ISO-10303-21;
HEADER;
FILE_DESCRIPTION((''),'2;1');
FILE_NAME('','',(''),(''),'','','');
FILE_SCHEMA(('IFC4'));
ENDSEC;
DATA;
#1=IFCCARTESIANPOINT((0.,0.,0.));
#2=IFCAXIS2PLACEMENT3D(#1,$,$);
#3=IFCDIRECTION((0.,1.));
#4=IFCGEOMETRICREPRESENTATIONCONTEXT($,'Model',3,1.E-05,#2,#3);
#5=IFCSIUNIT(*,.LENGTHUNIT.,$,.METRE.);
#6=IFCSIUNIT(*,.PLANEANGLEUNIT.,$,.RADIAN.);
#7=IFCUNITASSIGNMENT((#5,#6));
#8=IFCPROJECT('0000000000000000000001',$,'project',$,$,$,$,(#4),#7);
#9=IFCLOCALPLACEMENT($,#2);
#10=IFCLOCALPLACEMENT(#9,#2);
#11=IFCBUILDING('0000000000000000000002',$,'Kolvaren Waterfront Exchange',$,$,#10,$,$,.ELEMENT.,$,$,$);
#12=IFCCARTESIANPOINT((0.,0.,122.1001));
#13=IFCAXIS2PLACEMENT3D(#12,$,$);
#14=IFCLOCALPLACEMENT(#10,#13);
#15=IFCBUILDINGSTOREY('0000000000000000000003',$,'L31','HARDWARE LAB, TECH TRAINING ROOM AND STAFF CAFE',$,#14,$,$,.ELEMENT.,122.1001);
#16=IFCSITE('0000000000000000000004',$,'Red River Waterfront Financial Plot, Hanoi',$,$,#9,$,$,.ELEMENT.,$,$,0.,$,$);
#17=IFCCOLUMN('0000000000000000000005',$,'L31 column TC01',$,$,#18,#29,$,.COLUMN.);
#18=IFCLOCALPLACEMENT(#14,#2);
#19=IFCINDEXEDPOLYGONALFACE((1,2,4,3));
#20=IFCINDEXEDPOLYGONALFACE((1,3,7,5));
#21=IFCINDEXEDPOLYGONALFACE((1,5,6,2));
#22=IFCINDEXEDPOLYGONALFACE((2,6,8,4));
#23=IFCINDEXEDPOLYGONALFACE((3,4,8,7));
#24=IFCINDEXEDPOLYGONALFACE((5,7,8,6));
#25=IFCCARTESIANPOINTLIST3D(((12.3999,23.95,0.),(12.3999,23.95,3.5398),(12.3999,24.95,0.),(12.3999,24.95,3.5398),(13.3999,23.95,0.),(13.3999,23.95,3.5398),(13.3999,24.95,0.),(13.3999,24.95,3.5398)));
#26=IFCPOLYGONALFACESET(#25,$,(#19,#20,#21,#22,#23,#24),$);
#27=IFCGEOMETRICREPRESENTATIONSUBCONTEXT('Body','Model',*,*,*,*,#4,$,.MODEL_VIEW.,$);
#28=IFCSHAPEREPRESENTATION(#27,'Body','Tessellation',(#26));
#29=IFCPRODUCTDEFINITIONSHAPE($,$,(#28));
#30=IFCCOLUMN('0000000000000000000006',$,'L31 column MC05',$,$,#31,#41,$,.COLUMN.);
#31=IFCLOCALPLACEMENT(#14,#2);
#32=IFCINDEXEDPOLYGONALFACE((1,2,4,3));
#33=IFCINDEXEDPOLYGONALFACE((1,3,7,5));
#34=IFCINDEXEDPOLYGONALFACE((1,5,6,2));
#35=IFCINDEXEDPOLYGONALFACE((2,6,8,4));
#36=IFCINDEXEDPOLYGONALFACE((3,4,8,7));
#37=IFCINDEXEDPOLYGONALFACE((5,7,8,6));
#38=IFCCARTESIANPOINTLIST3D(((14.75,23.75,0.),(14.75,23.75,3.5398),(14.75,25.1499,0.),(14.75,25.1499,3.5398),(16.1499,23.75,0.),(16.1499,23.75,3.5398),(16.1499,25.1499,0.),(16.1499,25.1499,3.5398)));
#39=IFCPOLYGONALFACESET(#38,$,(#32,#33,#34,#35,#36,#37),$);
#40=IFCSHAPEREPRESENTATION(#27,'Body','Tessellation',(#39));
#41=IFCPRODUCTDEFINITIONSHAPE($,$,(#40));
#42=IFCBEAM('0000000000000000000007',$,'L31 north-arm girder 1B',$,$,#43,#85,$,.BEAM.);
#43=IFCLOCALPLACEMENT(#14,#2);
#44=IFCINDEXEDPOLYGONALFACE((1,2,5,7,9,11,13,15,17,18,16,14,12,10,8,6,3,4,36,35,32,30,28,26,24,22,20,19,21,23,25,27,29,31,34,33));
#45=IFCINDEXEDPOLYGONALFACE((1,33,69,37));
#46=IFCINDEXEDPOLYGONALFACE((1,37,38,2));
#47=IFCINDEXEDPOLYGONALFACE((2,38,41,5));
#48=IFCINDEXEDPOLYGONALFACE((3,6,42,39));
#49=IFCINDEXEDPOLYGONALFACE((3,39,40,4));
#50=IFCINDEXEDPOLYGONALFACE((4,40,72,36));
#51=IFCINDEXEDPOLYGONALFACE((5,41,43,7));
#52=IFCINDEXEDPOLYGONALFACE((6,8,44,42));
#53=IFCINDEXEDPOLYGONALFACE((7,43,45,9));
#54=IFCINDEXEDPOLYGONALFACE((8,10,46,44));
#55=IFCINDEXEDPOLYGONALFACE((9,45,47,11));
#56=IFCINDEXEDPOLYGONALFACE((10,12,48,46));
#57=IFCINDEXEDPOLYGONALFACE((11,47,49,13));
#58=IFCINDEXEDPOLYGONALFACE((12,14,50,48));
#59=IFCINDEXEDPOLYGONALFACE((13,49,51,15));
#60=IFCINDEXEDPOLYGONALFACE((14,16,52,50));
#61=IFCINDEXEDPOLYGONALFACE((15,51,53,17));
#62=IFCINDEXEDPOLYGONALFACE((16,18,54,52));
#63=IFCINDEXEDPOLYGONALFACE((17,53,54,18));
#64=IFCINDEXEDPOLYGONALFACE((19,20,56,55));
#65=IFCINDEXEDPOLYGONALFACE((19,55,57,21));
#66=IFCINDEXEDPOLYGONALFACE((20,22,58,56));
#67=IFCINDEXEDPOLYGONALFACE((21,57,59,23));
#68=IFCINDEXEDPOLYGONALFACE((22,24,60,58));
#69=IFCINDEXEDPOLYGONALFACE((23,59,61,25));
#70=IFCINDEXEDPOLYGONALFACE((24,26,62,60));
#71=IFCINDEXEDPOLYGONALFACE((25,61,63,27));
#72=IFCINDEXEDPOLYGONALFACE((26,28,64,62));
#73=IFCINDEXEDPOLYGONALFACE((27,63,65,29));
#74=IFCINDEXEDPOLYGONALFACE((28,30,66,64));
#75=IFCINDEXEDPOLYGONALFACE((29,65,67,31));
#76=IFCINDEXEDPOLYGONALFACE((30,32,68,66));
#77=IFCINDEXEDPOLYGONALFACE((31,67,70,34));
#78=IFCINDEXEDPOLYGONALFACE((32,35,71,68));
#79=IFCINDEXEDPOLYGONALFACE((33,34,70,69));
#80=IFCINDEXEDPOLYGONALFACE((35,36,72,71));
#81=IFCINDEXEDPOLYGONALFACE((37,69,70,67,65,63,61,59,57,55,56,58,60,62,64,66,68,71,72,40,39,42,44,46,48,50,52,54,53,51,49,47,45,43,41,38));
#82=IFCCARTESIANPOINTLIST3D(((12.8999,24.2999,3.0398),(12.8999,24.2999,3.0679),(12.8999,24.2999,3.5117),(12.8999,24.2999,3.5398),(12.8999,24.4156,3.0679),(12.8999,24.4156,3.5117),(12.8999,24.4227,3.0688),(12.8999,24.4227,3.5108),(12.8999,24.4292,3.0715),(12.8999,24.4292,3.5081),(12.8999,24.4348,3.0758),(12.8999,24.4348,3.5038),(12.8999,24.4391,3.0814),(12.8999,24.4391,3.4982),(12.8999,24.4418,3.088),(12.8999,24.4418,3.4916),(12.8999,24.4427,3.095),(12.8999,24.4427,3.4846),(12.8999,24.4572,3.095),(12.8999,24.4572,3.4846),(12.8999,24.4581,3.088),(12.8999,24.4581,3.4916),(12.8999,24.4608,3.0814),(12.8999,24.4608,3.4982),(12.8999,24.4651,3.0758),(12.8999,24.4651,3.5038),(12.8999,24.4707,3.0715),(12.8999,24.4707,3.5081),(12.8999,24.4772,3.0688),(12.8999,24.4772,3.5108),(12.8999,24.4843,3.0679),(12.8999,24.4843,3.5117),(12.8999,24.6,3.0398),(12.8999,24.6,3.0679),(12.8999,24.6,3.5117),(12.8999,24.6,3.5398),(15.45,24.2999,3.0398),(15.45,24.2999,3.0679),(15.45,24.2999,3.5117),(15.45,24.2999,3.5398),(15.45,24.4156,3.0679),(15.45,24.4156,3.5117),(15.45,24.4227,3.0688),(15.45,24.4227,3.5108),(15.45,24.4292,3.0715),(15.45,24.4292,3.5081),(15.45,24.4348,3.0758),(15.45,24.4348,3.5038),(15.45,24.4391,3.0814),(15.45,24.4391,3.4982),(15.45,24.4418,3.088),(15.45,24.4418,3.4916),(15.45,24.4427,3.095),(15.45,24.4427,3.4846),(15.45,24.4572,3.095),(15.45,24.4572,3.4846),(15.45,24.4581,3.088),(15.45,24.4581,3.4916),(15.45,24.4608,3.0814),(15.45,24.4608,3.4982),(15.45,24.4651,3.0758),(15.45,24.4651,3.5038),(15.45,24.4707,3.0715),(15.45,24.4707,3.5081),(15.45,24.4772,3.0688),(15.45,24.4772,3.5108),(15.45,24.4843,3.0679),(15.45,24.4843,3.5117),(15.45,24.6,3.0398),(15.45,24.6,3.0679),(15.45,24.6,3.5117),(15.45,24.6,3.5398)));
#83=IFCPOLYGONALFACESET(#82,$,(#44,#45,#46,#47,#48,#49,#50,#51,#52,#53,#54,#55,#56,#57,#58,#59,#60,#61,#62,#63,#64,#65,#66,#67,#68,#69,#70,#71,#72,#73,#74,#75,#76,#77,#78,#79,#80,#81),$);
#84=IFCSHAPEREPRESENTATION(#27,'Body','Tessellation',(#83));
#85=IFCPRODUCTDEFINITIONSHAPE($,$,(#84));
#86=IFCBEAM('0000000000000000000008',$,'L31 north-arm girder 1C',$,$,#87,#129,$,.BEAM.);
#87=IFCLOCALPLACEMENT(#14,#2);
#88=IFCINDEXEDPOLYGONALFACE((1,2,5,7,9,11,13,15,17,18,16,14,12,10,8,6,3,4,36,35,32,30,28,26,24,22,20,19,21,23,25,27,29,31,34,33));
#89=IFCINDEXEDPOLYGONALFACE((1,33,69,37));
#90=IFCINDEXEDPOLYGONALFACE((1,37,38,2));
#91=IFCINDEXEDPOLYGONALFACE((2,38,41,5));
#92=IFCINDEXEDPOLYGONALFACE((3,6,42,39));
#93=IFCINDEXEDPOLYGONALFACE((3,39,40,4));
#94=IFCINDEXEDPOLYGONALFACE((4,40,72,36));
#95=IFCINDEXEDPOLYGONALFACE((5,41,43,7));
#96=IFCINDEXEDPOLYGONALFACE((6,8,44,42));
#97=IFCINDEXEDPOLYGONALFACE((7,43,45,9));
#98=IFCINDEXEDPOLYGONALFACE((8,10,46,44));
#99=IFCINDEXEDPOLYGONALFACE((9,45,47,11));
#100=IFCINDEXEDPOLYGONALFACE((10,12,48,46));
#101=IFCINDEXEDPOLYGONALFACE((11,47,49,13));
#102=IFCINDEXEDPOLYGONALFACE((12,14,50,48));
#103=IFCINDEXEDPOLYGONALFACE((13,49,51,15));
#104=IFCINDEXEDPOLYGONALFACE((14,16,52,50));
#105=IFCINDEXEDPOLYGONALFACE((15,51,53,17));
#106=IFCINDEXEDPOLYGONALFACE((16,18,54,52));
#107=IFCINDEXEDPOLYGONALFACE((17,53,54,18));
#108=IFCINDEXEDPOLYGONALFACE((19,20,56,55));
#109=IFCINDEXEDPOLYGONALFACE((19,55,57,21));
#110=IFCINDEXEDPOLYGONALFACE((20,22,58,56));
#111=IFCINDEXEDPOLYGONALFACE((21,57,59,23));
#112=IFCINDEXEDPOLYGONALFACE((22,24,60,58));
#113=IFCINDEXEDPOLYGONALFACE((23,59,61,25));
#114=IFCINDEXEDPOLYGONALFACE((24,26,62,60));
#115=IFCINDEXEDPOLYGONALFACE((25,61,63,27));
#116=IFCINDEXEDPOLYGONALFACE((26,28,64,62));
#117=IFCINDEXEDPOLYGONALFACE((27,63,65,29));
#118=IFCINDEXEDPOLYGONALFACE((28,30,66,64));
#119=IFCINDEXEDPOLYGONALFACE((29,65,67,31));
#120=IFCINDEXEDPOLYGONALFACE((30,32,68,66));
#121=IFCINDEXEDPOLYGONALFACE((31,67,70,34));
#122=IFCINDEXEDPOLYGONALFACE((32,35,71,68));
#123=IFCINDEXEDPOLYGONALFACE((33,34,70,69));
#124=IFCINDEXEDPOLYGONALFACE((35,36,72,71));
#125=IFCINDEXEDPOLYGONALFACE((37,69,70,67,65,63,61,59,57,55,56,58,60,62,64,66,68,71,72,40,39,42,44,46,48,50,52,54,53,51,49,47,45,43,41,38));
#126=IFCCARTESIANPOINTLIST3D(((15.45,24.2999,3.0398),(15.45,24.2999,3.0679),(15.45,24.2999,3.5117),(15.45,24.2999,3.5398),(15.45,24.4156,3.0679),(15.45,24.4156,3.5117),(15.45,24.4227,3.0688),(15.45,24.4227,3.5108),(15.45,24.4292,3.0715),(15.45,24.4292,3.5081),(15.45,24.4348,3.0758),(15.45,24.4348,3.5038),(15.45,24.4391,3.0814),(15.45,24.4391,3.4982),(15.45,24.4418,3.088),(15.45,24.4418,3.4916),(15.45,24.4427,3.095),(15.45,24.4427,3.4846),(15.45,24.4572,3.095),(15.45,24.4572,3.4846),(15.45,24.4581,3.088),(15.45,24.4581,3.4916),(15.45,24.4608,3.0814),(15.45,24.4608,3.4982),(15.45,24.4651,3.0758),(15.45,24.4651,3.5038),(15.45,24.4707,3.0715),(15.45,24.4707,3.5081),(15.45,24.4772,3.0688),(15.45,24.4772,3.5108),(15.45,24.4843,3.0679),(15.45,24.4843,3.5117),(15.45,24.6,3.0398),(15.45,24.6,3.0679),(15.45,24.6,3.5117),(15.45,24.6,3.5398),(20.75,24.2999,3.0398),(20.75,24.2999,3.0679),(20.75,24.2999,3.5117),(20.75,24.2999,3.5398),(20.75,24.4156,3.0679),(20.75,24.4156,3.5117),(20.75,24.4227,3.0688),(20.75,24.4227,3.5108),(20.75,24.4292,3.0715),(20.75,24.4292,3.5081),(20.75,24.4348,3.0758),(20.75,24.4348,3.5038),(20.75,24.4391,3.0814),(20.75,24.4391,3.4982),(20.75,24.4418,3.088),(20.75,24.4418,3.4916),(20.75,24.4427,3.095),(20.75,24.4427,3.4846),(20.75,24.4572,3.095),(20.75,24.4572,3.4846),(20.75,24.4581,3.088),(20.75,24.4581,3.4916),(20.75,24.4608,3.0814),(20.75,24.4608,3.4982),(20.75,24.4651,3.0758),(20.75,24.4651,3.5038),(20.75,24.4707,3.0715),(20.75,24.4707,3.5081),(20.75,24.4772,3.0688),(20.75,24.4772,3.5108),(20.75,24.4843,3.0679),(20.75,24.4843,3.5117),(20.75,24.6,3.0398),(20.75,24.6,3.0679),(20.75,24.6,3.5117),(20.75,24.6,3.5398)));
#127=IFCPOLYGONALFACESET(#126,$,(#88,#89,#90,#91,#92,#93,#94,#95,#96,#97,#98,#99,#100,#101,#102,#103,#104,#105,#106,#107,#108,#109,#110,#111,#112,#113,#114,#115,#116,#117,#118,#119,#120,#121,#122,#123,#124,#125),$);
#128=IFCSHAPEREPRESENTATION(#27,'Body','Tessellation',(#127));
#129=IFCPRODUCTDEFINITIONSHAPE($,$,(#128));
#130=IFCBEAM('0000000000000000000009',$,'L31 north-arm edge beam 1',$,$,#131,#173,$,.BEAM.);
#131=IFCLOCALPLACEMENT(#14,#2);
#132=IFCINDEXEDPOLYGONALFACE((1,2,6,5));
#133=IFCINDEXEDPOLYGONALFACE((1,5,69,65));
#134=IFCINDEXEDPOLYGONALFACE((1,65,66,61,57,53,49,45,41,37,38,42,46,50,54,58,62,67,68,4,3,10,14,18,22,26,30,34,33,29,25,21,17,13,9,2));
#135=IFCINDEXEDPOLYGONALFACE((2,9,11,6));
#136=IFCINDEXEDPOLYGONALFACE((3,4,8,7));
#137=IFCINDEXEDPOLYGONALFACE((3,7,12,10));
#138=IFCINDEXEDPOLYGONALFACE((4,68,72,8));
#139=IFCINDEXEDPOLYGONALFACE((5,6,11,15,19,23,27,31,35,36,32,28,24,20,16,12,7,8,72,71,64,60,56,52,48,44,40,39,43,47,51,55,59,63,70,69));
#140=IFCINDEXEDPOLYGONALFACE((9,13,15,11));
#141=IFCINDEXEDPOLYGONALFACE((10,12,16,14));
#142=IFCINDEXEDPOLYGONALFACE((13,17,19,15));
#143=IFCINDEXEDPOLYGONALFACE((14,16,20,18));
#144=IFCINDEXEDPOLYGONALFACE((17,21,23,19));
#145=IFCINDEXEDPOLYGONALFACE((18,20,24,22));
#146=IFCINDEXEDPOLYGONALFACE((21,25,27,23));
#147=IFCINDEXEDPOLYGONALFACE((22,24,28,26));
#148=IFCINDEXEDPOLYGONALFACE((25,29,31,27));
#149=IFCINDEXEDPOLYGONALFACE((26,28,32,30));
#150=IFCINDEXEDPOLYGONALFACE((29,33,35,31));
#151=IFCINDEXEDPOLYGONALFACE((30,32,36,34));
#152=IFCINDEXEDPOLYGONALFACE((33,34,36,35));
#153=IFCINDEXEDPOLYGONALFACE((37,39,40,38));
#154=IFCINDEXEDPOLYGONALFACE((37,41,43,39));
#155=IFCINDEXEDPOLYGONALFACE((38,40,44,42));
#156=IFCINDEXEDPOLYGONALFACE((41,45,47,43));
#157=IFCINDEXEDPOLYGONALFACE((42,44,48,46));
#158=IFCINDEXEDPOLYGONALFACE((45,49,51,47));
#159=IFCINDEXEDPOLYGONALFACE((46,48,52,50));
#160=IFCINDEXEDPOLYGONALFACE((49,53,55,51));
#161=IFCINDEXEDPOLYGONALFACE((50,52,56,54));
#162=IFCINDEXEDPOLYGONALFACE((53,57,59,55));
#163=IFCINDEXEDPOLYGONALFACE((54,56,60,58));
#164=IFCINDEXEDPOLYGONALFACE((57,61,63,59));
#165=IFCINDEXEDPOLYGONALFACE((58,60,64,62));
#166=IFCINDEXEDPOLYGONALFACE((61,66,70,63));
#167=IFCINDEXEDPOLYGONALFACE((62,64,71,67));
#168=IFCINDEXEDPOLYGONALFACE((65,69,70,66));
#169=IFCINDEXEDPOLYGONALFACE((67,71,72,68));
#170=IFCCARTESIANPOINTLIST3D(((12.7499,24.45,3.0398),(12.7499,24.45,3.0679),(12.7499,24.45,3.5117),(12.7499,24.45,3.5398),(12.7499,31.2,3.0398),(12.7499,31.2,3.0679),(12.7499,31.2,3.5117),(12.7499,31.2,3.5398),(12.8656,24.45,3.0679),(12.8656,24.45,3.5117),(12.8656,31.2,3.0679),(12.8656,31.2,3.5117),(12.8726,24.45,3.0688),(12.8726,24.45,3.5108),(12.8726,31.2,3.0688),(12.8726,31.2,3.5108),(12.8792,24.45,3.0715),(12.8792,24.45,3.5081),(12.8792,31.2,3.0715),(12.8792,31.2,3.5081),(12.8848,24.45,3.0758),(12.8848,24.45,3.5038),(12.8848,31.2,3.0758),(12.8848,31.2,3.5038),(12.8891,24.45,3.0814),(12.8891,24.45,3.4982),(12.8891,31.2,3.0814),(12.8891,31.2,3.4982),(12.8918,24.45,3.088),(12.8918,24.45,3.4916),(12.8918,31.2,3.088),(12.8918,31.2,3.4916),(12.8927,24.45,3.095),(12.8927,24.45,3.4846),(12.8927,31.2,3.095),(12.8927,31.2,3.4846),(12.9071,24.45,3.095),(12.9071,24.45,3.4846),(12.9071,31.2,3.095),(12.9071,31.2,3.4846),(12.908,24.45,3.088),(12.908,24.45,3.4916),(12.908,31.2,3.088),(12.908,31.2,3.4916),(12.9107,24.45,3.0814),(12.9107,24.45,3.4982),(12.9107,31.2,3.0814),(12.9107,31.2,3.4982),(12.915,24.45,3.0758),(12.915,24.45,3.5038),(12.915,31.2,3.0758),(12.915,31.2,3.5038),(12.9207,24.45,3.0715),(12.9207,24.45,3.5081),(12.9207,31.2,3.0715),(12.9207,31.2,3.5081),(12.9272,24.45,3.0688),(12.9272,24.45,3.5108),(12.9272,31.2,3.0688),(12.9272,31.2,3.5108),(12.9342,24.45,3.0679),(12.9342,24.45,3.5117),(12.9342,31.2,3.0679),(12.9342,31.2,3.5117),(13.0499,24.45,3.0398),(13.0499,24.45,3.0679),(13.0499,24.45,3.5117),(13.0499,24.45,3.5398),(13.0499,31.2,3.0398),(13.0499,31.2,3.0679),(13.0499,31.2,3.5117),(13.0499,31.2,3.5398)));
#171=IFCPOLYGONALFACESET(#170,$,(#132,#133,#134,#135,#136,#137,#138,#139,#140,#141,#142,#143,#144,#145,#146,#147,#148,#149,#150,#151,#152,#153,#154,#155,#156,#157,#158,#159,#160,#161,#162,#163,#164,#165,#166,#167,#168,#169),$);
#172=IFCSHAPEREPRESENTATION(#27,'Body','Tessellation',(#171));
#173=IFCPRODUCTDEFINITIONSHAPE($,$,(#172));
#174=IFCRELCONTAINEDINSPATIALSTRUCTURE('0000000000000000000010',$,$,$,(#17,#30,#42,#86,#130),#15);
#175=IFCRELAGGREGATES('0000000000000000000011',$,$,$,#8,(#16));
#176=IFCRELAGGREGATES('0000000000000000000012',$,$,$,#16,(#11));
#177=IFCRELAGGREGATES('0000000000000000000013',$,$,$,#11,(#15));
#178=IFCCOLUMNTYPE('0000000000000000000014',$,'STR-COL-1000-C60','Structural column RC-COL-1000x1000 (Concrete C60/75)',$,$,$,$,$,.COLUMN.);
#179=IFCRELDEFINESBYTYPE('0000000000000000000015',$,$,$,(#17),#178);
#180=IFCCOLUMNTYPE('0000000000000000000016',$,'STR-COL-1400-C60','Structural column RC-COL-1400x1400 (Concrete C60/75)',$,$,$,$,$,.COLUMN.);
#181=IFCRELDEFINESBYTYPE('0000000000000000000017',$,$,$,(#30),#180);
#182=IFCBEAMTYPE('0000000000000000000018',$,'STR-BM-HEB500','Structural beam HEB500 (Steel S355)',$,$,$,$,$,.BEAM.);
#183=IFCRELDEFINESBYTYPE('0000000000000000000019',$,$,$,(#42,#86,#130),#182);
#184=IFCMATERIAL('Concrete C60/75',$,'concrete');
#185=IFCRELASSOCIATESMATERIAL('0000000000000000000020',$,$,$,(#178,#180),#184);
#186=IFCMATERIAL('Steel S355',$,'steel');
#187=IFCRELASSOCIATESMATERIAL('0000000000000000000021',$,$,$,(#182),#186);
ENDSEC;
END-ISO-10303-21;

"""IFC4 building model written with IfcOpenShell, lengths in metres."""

from ifc_helpers import new_model, si_unit, direction, frame, origin, origin_2d, place, context, subcontext, project, spatial, rectangle, i_section, extrude, material, material_profile, profile_set, type_object, element, save


model = new_model("IFC4")

# Units and contexts
model_context = context("Model", 3, precision=1e-05, world=origin(), true_north=direction((0.0, 1.0)))
body_context = subcontext(model_context, "Body", "Model", "MODEL_VIEW")
ifc_project = project(units=[si_unit("LENGTHUNIT", "METRE"), si_unit("PLANEANGLEUNIT", "RADIAN")], contexts=[model_context])

# Site, building, storey
site_placement = place(None, origin())
site = spatial("IfcSite", under=ifc_project, at=site_placement, Name="Red River Waterfront Financial Plot, Hanoi", CompositionType="ELEMENT", RefElevation=0.0)
building_placement = place(site_placement, origin())
building = spatial("IfcBuilding", under=site, at=building_placement, Name="Kolvaren Waterfront Exchange", CompositionType="ELEMENT")
storey_placement = place(building_placement, frame((0.0, 0.0, 122.1001)))
storey = spatial("IfcBuildingStorey", under=building, at=storey_placement, Name="L31", Description="HARDWARE LAB, TECH TRAINING ROOM AND STAFF CAFE", CompositionType="ELEMENT", Elevation=122.1001)

# Columns
ifc_material_1 = material(Name="Concrete C60/75", Category="concrete")
ifc_material_profile_1 = material_profile(ifc_material_1, rectangle(XDim=1.0, YDim=1.0, at=origin_2d()), Name="RC-COL-1000x1000")
ifc_profile_set_1 = profile_set([ifc_material_profile_1], Name="Concrete C60/75")
column_type_1 = type_object("IfcColumnType", Name="STR-COL-1000-C60", Description="Structural column RC-COL-1000x1000 (Concrete C60/75)", PredefinedType="COLUMN", material=ifc_profile_set_1)
column_1_placement = place(storey_placement, frame((12.8999, 24.45, 0.0), z_axis=(0.0, 0.0, 1.0), x_axis=(1.0, 0.0, 0.0)))
element("IfcColumn", 1, at=column_1_placement, inside=storey, type_object=column_type_1, Name="L31 column TC01", PredefinedType="COLUMN", context=body_context, shape_type="SweptSolid", body=[
    extrude(rectangle(XDim=1.0, YDim=1.0, at=origin_2d()), origin(), (0.0, 0.0, 1.0), 3.5398),
])
ifc_material_profile_2 = material_profile(ifc_material_1, rectangle(XDim=1.3999, YDim=1.3999, at=origin_2d()), Name="RC-COL-1400x1400")
ifc_profile_set_2 = profile_set([ifc_material_profile_2], Name="Concrete C60/75")
column_type_2 = type_object("IfcColumnType", Name="STR-COL-1400-C60", Description="Structural column RC-COL-1400x1400 (Concrete C60/75)", PredefinedType="COLUMN", material=ifc_profile_set_2)
column_2_placement = place(storey_placement, frame((15.45, 24.45, 0.0), z_axis=(0.0, 0.0, 1.0), x_axis=(1.0, 0.0, 0.0)))
element("IfcColumn", 2, at=column_2_placement, inside=storey, type_object=column_type_2, Name="L31 column MC05", PredefinedType="COLUMN", context=body_context, shape_type="SweptSolid", body=[
    extrude(rectangle(XDim=1.3999, YDim=1.3999, at=origin_2d()), origin(), (0.0, 0.0, 1.0), 3.5398),
])

# Beams
ifc_material_2 = material(Name="Steel S355", Category="steel")
ifc_material_profile_3 = material_profile(ifc_material_2, i_section(OverallWidth=0.3, OverallDepth=0.5, WebThickness=0.0144, FlangeThickness=0.0281, FilletRadius=0.0271, at=origin_2d()), Name="HEB500")
ifc_profile_set_3 = profile_set([ifc_material_profile_3], Name="Steel S355")
beam_type_1 = type_object("IfcBeamType", Name="STR-BM-HEB500", Description="Structural beam HEB500 (Steel S355)", PredefinedType="BEAM", material=ifc_profile_set_3)
beam_1_placement = place(storey_placement, frame((12.8999, 24.45, 3.2898), z_axis=(1.0, 0.0, 0.0), x_axis=(0.0, 1.0, 0.0)))
element("IfcBeam", 3, at=beam_1_placement, inside=storey, type_object=beam_type_1, Name="L31 north-arm girder 1B", PredefinedType="BEAM", context=body_context, shape_type="SweptSolid", body=[
    extrude(i_section(OverallWidth=0.3, OverallDepth=0.5, WebThickness=0.0144, FlangeThickness=0.0281, FilletRadius=0.0271, at=origin_2d()), origin(), (0.0, 0.0, 1.0), 2.55),
])
beam_2_placement = place(storey_placement, frame((15.45, 24.45, 3.2898), z_axis=(1.0, 0.0, 0.0), x_axis=(0.0, 1.0, 0.0)))
element("IfcBeam", 4, at=beam_2_placement, inside=storey, type_object=beam_type_1, Name="L31 north-arm girder 1C", PredefinedType="BEAM", context=body_context, shape_type="SweptSolid", body=[
    extrude(i_section(OverallWidth=0.3, OverallDepth=0.5, WebThickness=0.0144, FlangeThickness=0.0281, FilletRadius=0.0271, at=origin_2d()), origin(), (0.0, 0.0, 1.0), 5.3),
])
beam_3_placement = place(storey_placement, frame((12.8999, 24.45, 3.2898), z_axis=(0.0, 1.0, 0.0), x_axis=(-1.0, 0.0, 0.0)))
element("IfcBeam", 5, at=beam_3_placement, inside=storey, type_object=beam_type_1, Name="L31 north-arm edge beam 1", PredefinedType="BEAM", context=body_context, shape_type="SweptSolid", body=[
    extrude(i_section(OverallWidth=0.3, OverallDepth=0.5, WebThickness=0.0144, FlangeThickness=0.0281, FilletRadius=0.0271, at=origin_2d()), origin(), (0.0, 0.0, 1.0), 6.75),
])

save(model, "model.ifc")
